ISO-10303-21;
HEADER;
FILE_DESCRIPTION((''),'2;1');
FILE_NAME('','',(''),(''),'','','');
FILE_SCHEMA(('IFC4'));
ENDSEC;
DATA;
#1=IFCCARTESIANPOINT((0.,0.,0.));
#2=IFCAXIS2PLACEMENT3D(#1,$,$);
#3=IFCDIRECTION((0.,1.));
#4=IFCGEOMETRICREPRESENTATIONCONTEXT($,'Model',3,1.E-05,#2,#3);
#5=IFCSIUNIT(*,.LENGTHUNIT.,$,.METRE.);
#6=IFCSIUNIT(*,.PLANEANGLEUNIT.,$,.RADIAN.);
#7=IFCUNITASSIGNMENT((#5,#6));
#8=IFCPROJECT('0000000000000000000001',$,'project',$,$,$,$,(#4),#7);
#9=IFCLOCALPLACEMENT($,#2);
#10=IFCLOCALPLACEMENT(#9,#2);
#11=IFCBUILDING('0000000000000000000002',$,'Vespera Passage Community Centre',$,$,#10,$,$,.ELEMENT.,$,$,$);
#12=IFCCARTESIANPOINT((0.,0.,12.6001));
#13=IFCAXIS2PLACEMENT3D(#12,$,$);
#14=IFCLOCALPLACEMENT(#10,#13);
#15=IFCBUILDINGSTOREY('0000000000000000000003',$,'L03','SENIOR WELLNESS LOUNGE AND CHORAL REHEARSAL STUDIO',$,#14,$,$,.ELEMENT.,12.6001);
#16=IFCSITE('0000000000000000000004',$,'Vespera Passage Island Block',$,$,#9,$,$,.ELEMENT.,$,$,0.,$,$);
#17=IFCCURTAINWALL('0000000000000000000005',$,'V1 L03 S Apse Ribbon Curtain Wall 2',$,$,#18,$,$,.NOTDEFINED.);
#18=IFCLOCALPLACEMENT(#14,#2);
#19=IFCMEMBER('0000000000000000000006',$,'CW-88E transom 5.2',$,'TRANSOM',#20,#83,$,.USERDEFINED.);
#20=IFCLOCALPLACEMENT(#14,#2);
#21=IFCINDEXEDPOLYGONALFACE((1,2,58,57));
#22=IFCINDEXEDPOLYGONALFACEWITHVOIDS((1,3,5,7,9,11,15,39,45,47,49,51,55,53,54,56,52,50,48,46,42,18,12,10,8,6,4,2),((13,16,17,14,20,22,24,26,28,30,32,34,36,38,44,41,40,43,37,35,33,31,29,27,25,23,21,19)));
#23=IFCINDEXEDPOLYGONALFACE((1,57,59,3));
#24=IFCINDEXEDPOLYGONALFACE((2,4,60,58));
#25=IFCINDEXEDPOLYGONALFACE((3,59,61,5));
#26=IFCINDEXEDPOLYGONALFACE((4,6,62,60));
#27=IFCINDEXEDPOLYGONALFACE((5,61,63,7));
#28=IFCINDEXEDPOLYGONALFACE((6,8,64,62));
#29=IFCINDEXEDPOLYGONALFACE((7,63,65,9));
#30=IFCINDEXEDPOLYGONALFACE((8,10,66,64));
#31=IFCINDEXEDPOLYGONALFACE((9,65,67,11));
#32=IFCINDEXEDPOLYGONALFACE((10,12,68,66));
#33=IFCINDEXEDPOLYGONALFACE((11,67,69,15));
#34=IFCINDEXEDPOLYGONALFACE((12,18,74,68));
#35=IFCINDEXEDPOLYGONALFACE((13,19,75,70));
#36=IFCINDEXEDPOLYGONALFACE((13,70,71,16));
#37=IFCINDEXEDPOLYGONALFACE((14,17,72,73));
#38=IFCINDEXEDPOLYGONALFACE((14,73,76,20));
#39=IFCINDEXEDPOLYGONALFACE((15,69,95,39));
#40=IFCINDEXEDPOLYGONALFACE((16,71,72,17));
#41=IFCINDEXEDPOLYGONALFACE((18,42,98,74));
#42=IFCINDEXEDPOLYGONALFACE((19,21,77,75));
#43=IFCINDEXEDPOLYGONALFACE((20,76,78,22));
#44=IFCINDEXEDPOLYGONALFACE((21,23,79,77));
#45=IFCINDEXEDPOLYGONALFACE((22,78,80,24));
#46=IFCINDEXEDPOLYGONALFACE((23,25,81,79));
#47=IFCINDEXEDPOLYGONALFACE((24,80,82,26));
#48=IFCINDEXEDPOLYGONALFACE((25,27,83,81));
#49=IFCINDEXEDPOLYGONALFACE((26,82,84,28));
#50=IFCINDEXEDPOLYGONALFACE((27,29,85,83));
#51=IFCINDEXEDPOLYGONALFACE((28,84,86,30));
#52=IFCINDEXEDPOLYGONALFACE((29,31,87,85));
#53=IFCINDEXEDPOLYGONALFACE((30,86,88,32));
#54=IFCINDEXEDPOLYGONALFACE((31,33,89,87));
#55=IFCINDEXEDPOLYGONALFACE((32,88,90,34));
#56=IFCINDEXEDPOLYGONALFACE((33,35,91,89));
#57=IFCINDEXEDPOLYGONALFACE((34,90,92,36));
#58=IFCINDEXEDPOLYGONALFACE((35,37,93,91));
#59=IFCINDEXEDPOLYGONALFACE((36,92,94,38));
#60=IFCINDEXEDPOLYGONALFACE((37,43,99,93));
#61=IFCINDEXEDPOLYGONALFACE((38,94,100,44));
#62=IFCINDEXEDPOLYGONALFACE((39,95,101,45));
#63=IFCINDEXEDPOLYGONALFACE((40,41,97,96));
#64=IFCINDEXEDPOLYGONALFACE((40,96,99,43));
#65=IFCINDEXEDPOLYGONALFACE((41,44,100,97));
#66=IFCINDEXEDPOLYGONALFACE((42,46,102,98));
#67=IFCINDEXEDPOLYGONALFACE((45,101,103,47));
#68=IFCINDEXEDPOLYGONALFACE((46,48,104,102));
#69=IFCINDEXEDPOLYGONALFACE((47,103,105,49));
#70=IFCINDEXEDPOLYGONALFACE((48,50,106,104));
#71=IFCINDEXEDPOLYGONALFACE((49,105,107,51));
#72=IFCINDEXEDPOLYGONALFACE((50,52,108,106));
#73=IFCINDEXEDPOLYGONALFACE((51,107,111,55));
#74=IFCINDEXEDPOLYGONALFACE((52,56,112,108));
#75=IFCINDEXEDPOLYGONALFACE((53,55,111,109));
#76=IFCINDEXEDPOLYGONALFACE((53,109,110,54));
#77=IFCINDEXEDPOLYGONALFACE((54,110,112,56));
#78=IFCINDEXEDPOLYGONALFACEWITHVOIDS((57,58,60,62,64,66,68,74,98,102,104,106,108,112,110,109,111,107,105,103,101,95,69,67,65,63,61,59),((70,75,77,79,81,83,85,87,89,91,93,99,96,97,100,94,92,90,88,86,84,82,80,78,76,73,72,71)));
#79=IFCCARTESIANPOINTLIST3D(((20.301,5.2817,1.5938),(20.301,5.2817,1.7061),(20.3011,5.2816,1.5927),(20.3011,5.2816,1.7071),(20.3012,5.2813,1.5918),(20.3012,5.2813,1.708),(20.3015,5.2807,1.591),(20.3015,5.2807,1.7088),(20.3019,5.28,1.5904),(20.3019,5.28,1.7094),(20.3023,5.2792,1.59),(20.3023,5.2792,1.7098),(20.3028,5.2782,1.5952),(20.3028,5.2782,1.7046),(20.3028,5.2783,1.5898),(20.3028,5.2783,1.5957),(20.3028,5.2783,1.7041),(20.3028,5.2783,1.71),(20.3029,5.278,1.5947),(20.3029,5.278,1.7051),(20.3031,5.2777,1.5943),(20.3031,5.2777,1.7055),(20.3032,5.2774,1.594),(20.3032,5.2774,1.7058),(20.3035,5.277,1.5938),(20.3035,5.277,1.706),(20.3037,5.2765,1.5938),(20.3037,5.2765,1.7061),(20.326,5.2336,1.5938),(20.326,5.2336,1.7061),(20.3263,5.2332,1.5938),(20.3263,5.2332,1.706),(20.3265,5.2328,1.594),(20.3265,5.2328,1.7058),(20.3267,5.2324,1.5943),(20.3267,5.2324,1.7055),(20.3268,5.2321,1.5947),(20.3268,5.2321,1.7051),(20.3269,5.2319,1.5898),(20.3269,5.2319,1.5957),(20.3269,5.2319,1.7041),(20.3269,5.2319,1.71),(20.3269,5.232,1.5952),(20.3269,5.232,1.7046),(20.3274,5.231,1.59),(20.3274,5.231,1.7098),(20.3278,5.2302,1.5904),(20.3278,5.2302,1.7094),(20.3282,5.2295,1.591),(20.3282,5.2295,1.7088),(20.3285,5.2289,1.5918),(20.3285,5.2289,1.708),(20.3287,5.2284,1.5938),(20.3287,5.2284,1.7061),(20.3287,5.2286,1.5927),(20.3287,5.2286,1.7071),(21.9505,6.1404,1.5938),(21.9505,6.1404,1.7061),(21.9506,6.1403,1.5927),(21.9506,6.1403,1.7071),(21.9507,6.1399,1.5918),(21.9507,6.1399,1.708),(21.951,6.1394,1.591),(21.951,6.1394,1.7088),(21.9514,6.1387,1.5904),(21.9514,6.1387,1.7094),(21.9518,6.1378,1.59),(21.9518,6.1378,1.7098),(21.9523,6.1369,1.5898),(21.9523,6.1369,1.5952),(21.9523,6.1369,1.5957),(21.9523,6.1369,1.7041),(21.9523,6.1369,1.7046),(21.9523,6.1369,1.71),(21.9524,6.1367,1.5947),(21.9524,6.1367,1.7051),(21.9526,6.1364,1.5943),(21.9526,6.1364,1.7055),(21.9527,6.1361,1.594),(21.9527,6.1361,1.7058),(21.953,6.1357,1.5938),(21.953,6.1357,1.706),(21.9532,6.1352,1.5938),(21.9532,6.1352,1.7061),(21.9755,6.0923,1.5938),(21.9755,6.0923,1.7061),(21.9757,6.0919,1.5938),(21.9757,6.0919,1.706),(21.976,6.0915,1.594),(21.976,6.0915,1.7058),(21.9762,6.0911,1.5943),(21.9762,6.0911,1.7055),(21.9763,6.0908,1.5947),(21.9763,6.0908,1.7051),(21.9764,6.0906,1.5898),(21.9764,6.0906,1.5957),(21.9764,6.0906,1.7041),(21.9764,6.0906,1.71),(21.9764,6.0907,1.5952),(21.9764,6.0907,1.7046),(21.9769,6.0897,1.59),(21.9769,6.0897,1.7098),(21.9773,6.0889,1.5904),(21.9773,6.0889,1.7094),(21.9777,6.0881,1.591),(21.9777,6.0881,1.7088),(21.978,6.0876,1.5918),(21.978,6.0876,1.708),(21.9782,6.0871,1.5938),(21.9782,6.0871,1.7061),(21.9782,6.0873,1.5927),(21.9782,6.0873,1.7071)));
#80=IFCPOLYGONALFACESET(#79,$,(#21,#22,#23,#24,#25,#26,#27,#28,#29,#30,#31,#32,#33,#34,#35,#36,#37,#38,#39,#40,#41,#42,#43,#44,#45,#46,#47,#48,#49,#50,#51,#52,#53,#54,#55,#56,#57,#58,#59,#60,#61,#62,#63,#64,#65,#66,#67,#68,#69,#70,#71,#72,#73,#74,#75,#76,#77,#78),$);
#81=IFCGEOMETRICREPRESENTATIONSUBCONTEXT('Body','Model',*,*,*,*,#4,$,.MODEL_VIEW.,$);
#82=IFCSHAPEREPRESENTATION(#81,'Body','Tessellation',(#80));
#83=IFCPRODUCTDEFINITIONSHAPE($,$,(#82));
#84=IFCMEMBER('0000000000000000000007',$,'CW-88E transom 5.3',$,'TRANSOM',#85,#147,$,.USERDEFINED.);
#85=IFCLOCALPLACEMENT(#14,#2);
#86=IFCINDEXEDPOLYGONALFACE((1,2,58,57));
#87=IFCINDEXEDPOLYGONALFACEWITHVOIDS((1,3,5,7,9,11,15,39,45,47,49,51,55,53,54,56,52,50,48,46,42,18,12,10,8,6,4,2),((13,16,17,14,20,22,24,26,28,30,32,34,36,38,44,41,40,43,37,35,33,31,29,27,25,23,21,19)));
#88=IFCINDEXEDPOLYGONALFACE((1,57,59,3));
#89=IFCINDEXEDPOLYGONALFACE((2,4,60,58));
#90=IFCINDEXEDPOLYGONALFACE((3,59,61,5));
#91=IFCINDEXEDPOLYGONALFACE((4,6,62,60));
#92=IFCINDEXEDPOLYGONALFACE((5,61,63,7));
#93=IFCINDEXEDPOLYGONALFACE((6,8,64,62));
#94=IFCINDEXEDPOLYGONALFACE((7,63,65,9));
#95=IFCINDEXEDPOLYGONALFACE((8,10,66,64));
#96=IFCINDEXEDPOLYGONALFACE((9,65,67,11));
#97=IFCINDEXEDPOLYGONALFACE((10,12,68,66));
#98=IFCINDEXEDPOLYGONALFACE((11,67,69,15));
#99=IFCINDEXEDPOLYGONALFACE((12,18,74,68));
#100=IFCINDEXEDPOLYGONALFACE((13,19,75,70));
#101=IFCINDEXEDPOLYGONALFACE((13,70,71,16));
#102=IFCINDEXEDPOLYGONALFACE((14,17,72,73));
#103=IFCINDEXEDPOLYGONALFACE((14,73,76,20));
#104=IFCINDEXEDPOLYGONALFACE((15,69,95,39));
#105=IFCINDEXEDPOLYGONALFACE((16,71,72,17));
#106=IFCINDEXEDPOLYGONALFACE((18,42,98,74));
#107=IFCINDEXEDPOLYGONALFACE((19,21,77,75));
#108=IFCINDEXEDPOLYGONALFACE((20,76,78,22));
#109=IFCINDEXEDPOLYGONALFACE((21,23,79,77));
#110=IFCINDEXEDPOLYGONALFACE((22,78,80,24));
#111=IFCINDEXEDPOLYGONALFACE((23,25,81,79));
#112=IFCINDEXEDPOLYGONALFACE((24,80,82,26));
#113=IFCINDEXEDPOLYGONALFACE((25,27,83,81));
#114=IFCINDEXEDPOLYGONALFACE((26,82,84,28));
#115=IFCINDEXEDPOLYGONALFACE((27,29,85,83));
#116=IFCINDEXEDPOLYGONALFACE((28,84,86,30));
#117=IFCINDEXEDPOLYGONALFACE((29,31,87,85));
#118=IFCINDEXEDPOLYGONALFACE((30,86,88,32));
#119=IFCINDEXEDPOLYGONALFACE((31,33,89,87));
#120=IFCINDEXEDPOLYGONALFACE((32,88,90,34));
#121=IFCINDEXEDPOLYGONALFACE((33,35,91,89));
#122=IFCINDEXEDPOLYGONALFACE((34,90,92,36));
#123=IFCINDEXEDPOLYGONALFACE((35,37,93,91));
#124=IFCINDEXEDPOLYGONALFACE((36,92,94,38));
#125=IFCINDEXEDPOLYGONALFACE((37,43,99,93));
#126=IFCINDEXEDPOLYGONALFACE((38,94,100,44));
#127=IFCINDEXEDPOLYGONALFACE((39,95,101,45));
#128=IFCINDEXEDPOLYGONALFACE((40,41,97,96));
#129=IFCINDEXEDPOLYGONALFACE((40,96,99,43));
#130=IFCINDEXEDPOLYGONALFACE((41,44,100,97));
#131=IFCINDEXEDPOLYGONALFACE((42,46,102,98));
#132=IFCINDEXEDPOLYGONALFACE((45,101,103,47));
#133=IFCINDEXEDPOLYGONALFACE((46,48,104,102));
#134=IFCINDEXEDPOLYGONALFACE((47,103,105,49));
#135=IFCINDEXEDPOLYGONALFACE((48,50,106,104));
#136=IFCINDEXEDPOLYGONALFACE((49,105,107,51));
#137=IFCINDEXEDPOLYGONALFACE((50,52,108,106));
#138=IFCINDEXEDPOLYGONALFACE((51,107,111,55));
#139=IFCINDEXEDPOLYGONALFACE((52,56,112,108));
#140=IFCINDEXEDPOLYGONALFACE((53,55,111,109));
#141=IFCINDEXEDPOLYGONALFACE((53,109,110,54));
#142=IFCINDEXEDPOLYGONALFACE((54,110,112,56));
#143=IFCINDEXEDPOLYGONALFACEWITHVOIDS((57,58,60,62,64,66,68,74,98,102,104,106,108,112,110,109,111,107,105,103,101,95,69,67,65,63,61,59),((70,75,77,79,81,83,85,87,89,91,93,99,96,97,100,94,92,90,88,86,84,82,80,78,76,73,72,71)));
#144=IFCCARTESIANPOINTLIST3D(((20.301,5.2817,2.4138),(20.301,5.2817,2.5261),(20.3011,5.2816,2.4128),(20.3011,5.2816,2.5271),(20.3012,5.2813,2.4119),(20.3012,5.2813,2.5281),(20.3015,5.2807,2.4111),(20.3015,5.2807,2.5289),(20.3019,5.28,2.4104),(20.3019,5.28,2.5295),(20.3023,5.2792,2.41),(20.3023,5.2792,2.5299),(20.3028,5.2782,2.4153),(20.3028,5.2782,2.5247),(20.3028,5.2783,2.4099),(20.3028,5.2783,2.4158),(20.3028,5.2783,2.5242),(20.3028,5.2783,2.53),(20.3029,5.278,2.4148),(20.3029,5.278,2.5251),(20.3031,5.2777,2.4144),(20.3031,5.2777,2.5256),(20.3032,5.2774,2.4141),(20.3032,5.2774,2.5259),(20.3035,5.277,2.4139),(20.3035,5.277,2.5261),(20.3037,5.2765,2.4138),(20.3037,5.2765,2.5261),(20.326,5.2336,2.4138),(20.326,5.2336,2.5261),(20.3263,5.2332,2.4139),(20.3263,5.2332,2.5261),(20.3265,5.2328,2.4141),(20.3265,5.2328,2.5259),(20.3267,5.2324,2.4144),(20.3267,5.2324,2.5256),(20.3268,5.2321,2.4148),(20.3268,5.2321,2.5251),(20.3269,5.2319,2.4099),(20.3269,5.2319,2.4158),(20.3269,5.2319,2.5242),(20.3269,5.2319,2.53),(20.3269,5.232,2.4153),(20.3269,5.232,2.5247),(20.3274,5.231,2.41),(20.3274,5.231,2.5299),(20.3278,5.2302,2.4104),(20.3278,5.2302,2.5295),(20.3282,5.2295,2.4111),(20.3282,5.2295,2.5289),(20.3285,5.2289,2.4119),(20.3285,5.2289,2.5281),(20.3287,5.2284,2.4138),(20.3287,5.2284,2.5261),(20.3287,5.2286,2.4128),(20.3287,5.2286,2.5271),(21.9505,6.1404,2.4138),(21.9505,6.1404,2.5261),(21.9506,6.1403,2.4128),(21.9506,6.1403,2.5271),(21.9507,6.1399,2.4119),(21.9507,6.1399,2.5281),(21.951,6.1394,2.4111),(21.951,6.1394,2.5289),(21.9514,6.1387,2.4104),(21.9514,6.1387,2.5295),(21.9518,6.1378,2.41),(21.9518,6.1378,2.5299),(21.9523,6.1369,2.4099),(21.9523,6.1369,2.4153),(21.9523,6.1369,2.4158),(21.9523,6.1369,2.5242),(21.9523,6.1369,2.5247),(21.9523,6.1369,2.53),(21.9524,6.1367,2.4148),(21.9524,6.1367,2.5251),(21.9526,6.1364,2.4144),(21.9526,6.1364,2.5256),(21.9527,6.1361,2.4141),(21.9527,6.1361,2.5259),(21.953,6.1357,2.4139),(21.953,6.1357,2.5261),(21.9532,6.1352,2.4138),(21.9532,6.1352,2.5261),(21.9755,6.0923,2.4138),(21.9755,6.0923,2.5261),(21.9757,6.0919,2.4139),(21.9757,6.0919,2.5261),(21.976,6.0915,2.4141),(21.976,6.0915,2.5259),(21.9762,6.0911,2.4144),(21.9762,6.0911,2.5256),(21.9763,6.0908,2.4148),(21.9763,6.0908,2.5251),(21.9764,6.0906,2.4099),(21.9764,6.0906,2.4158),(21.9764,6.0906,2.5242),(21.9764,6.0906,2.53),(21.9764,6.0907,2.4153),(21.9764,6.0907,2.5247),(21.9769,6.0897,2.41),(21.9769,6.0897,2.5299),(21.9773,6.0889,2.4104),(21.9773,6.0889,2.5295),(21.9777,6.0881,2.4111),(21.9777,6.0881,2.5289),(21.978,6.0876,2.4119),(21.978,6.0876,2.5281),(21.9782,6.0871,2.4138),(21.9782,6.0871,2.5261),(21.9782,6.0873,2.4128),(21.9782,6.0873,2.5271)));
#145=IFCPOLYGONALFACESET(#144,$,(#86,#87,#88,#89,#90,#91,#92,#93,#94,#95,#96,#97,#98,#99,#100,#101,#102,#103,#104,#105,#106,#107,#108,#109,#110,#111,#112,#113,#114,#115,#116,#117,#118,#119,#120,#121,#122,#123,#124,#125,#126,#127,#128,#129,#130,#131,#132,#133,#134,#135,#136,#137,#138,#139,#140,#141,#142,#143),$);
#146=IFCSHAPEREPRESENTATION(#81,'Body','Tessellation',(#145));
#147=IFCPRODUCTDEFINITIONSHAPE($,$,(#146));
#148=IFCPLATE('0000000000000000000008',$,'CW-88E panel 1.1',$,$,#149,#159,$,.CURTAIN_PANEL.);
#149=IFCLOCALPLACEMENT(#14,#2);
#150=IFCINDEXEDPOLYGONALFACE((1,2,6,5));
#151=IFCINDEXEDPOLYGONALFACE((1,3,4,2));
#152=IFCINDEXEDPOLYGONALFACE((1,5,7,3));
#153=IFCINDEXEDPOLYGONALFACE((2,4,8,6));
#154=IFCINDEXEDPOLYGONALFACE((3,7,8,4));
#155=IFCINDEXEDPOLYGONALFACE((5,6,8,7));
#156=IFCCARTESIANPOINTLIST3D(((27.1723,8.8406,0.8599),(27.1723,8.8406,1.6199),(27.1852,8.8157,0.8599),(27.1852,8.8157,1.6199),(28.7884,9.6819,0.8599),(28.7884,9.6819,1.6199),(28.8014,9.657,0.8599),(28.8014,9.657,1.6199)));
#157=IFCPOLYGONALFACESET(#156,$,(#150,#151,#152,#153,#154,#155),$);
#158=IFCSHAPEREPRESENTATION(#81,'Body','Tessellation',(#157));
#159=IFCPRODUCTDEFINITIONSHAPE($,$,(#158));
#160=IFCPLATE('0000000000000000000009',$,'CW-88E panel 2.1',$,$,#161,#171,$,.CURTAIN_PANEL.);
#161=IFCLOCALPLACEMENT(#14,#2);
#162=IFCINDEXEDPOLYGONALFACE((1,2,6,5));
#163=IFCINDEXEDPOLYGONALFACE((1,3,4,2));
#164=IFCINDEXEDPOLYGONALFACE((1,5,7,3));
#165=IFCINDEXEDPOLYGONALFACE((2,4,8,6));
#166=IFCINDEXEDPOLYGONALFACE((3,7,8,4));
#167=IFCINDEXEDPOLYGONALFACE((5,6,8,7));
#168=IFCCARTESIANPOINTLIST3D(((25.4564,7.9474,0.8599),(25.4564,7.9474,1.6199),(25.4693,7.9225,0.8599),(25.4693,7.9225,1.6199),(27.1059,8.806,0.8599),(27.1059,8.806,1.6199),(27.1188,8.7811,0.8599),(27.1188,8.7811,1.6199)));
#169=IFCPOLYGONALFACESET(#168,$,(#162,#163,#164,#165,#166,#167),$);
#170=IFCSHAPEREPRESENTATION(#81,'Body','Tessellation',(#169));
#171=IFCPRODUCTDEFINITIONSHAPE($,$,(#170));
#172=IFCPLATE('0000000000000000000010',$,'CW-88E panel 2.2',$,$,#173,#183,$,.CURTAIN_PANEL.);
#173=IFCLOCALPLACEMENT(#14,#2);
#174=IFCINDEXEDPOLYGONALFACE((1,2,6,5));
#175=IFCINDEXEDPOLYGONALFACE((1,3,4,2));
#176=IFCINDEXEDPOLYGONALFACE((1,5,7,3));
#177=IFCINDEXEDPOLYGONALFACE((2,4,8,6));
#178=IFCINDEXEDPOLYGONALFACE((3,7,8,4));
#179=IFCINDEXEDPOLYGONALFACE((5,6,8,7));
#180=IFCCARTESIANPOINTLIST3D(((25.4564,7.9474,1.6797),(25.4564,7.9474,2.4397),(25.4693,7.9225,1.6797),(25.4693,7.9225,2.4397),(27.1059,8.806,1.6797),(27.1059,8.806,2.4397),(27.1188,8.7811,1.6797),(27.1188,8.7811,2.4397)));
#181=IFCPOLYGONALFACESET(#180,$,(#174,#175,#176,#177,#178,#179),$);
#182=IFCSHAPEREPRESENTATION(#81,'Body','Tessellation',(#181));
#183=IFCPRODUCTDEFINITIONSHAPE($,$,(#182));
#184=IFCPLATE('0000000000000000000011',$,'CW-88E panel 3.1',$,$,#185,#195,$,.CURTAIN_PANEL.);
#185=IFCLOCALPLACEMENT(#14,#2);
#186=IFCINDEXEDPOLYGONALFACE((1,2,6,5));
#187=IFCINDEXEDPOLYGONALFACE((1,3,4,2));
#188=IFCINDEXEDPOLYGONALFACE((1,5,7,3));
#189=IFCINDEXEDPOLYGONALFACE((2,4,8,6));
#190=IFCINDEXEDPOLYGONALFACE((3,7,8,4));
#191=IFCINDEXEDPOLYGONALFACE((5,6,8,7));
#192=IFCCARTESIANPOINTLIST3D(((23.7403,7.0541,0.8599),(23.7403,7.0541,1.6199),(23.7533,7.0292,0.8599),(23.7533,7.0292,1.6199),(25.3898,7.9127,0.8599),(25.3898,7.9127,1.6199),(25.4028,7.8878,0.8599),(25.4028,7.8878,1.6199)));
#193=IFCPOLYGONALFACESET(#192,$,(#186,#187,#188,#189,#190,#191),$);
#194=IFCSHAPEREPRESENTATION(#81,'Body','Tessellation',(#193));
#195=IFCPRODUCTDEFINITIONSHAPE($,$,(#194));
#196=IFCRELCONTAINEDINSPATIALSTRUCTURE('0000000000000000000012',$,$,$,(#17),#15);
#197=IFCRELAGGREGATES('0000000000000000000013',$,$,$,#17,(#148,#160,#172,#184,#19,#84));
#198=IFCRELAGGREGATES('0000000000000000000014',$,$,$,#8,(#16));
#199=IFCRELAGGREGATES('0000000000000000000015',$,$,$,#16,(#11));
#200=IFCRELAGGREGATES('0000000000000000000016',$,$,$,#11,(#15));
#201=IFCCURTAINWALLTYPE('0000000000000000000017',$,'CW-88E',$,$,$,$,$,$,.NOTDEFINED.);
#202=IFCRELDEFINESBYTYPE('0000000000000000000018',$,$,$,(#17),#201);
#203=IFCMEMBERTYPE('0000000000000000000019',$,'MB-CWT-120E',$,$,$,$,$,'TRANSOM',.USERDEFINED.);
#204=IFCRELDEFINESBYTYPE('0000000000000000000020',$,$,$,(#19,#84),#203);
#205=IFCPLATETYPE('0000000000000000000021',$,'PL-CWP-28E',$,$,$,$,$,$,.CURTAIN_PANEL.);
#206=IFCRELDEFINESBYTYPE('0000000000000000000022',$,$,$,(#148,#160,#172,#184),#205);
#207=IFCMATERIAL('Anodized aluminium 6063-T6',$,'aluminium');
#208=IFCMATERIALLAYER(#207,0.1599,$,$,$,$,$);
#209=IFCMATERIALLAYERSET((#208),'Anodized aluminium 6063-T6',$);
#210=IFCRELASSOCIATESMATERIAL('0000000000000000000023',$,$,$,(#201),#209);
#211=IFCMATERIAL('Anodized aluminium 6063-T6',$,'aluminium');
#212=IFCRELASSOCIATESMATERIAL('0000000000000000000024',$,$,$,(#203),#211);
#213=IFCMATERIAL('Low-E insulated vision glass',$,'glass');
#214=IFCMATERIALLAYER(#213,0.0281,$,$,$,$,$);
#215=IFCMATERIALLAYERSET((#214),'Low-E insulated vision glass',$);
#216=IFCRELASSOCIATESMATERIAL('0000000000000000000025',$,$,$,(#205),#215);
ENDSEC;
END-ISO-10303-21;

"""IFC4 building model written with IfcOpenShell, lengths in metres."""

from ifc_helpers import new_model, si_unit, direction, frame, origin, origin_2d, place, context, subcontext, project, spatial, rectangle, hollow_rectangle, extrude, material, layer, layer_set, material_profile, profile_set, type_object, element, aggregate, save


model = new_model("IFC4")

# Units and contexts
model_context = context("Model", 3, precision=1e-05, world=origin(), true_north=direction((0.0, 1.0)))
body_context = subcontext(model_context, "Body", "Model", "MODEL_VIEW")
ifc_project = project(units=[si_unit("LENGTHUNIT", "METRE"), si_unit("PLANEANGLEUNIT", "RADIAN")], contexts=[model_context])

# Site, building, storey
site_placement = place(None, origin())
site = spatial("IfcSite", under=ifc_project, at=site_placement, Name="Vespera Passage Island Block", CompositionType="ELEMENT", RefElevation=0.0)
building_placement = place(site_placement, origin())
building = spatial("IfcBuilding", under=site, at=building_placement, Name="Vespera Passage Community Centre", CompositionType="ELEMENT")
storey_placement = place(building_placement, frame((0.0, 0.0, 12.6001)))
storey = spatial("IfcBuildingStorey", under=building, at=storey_placement, Name="L03", Description="SENIOR WELLNESS LOUNGE AND CHORAL REHEARSAL STUDIO", CompositionType="ELEMENT", Elevation=12.6001)

# Curtain wall, members, plates
ifc_material_1 = material(Name="Anodized aluminium 6063-T6", Category="aluminium")
ifc_layer_1 = layer(ifc_material_1, 0.1599)
ifc_layer_set_1 = layer_set([ifc_layer_1], Name="Anodized aluminium 6063-T6")
curtain_wall_type = type_object("IfcCurtainWallType", Name="CW-88E", PredefinedType="NOTDEFINED", material=ifc_layer_set_1)
curtain_wall_placement = place(storey_placement, origin())
curtain_wall = element("IfcCurtainWall", 1, at=curtain_wall_placement, inside=storey, type_object=curtain_wall_type, Name="V1 L03 S Apse Ribbon Curtain Wall 2", PredefinedType="NOTDEFINED")
ifc_material_2 = material(Name="Anodized aluminium 6063-T6", Category="aluminium")
ifc_material_profile_1 = material_profile(ifc_material_2, hollow_rectangle(XDim=0.0601, YDim=0.1201, WallThickness=0.0039, InnerFilletRadius=0.002, OuterFilletRadius=0.0039, at=origin_2d()), Name="ALU120X60X4")
ifc_profile_set_1 = profile_set([ifc_material_profile_1], Name="Anodized aluminium 6063-T6")
member_type_1 = type_object("IfcMemberType", Name="MB-CWT-120E", ElementType="TRANSOM", PredefinedType="USERDEFINED", material=ifc_profile_set_1)
member_1_placement = place(storey_placement, frame((21.9644, 6.1138, 1.6499), z_axis=(-0.887008, -0.461754, 0.0), x_axis=(0.461754, -0.887008, 0.0)))
member_1 = element("IfcMember", 2, at=member_1_placement, type_object=member_type_1, Name="CW-88E transom 5.2", ObjectType="TRANSOM", PredefinedType="USERDEFINED", context=body_context, shape_type="SweptSolid", body=[
    extrude(hollow_rectangle(XDim=0.0601, YDim=0.1201, WallThickness=0.0039, InnerFilletRadius=0.002, OuterFilletRadius=0.0039, at=origin_2d()), origin(), (0.0, 0.0, 1.0), 1.8596),
])
member_2_placement = place(storey_placement, frame((21.9644, 6.1138, 2.47), z_axis=(-0.887008, -0.461754, 0.0), x_axis=(0.461754, -0.887008, 0.0)))
member_2 = element("IfcMember", 3, at=member_2_placement, type_object=member_type_1, Name="CW-88E transom 5.3", ObjectType="TRANSOM", PredefinedType="USERDEFINED", context=body_context, shape_type="SweptSolid", body=[
    extrude(hollow_rectangle(XDim=0.0601, YDim=0.1201, WallThickness=0.0039, InnerFilletRadius=0.002, OuterFilletRadius=0.0039, at=origin_2d()), origin(), (0.0, 0.0, 1.0), 1.8596),
])
ifc_material_3 = material(Name="Low-E insulated vision glass", Category="glass")
ifc_layer_2 = layer(ifc_material_3, 0.0281)
ifc_layer_set_2 = layer_set([ifc_layer_2], Name="Low-E insulated vision glass")
plate_type = type_object("IfcPlateType", Name="PL-CWP-28E", PredefinedType="CURTAIN_PANEL", material=ifc_layer_set_2)
plate_1_placement = place(storey_placement, frame((27.9868, 9.2488, 0.8599), z_axis=(0.0, 0.0, 1.0), x_axis=(-0.887013, -0.461745, 0.0)))
plate_1 = element("IfcPlate", 4, at=plate_1_placement, type_object=plate_type, Name="CW-88E panel 1.1", PredefinedType="CURTAIN_PANEL", context=body_context, shape_type="SweptSolid", body=[
    extrude(rectangle(XDim=1.822, YDim=0.0281, at=origin_2d()), origin(), (0.0, 0.0, 1.0), 0.76),
])
plate_2_placement = place(storey_placement, frame((26.2876, 8.3643, 0.8599), z_axis=(0.0, 0.0, 1.0), x_axis=(-0.887013, -0.461745, 0.0)))
plate_2 = element("IfcPlate", 5, at=plate_2_placement, type_object=plate_type, Name="CW-88E panel 2.1", PredefinedType="CURTAIN_PANEL", context=body_context, shape_type="SweptSolid", body=[
    extrude(rectangle(XDim=1.8596, YDim=0.0281, at=origin_2d()), origin(), (0.0, 0.0, 1.0), 0.76),
])
plate_3_placement = place(storey_placement, frame((26.2876, 8.3643, 1.6797), z_axis=(0.0, 0.0, 1.0), x_axis=(-0.887013, -0.461745, 0.0)))
plate_3 = element("IfcPlate", 6, at=plate_3_placement, type_object=plate_type, Name="CW-88E panel 2.2", PredefinedType="CURTAIN_PANEL", context=body_context, shape_type="SweptSolid", body=[
    extrude(rectangle(XDim=1.8596, YDim=0.0281, at=origin_2d()), origin(), (0.0, 0.0, 1.0), 0.76),
])
plate_4_placement = place(storey_placement, frame((24.5715, 7.4709, 0.8599), z_axis=(0.0, 0.0, 1.0), x_axis=(-0.887013, -0.461745, 0.0)))
plate_4 = element("IfcPlate", 7, at=plate_4_placement, type_object=plate_type, Name="CW-88E panel 3.1", PredefinedType="CURTAIN_PANEL", context=body_context, shape_type="SweptSolid", body=[
    extrude(rectangle(XDim=1.8596, YDim=0.0281, at=origin_2d()), origin(), (0.0, 0.0, 1.0), 0.76),
])
aggregate(curtain_wall, [plate_1, plate_2, plate_3, plate_4, member_1, member_2])

save(model, "model.ifc")
